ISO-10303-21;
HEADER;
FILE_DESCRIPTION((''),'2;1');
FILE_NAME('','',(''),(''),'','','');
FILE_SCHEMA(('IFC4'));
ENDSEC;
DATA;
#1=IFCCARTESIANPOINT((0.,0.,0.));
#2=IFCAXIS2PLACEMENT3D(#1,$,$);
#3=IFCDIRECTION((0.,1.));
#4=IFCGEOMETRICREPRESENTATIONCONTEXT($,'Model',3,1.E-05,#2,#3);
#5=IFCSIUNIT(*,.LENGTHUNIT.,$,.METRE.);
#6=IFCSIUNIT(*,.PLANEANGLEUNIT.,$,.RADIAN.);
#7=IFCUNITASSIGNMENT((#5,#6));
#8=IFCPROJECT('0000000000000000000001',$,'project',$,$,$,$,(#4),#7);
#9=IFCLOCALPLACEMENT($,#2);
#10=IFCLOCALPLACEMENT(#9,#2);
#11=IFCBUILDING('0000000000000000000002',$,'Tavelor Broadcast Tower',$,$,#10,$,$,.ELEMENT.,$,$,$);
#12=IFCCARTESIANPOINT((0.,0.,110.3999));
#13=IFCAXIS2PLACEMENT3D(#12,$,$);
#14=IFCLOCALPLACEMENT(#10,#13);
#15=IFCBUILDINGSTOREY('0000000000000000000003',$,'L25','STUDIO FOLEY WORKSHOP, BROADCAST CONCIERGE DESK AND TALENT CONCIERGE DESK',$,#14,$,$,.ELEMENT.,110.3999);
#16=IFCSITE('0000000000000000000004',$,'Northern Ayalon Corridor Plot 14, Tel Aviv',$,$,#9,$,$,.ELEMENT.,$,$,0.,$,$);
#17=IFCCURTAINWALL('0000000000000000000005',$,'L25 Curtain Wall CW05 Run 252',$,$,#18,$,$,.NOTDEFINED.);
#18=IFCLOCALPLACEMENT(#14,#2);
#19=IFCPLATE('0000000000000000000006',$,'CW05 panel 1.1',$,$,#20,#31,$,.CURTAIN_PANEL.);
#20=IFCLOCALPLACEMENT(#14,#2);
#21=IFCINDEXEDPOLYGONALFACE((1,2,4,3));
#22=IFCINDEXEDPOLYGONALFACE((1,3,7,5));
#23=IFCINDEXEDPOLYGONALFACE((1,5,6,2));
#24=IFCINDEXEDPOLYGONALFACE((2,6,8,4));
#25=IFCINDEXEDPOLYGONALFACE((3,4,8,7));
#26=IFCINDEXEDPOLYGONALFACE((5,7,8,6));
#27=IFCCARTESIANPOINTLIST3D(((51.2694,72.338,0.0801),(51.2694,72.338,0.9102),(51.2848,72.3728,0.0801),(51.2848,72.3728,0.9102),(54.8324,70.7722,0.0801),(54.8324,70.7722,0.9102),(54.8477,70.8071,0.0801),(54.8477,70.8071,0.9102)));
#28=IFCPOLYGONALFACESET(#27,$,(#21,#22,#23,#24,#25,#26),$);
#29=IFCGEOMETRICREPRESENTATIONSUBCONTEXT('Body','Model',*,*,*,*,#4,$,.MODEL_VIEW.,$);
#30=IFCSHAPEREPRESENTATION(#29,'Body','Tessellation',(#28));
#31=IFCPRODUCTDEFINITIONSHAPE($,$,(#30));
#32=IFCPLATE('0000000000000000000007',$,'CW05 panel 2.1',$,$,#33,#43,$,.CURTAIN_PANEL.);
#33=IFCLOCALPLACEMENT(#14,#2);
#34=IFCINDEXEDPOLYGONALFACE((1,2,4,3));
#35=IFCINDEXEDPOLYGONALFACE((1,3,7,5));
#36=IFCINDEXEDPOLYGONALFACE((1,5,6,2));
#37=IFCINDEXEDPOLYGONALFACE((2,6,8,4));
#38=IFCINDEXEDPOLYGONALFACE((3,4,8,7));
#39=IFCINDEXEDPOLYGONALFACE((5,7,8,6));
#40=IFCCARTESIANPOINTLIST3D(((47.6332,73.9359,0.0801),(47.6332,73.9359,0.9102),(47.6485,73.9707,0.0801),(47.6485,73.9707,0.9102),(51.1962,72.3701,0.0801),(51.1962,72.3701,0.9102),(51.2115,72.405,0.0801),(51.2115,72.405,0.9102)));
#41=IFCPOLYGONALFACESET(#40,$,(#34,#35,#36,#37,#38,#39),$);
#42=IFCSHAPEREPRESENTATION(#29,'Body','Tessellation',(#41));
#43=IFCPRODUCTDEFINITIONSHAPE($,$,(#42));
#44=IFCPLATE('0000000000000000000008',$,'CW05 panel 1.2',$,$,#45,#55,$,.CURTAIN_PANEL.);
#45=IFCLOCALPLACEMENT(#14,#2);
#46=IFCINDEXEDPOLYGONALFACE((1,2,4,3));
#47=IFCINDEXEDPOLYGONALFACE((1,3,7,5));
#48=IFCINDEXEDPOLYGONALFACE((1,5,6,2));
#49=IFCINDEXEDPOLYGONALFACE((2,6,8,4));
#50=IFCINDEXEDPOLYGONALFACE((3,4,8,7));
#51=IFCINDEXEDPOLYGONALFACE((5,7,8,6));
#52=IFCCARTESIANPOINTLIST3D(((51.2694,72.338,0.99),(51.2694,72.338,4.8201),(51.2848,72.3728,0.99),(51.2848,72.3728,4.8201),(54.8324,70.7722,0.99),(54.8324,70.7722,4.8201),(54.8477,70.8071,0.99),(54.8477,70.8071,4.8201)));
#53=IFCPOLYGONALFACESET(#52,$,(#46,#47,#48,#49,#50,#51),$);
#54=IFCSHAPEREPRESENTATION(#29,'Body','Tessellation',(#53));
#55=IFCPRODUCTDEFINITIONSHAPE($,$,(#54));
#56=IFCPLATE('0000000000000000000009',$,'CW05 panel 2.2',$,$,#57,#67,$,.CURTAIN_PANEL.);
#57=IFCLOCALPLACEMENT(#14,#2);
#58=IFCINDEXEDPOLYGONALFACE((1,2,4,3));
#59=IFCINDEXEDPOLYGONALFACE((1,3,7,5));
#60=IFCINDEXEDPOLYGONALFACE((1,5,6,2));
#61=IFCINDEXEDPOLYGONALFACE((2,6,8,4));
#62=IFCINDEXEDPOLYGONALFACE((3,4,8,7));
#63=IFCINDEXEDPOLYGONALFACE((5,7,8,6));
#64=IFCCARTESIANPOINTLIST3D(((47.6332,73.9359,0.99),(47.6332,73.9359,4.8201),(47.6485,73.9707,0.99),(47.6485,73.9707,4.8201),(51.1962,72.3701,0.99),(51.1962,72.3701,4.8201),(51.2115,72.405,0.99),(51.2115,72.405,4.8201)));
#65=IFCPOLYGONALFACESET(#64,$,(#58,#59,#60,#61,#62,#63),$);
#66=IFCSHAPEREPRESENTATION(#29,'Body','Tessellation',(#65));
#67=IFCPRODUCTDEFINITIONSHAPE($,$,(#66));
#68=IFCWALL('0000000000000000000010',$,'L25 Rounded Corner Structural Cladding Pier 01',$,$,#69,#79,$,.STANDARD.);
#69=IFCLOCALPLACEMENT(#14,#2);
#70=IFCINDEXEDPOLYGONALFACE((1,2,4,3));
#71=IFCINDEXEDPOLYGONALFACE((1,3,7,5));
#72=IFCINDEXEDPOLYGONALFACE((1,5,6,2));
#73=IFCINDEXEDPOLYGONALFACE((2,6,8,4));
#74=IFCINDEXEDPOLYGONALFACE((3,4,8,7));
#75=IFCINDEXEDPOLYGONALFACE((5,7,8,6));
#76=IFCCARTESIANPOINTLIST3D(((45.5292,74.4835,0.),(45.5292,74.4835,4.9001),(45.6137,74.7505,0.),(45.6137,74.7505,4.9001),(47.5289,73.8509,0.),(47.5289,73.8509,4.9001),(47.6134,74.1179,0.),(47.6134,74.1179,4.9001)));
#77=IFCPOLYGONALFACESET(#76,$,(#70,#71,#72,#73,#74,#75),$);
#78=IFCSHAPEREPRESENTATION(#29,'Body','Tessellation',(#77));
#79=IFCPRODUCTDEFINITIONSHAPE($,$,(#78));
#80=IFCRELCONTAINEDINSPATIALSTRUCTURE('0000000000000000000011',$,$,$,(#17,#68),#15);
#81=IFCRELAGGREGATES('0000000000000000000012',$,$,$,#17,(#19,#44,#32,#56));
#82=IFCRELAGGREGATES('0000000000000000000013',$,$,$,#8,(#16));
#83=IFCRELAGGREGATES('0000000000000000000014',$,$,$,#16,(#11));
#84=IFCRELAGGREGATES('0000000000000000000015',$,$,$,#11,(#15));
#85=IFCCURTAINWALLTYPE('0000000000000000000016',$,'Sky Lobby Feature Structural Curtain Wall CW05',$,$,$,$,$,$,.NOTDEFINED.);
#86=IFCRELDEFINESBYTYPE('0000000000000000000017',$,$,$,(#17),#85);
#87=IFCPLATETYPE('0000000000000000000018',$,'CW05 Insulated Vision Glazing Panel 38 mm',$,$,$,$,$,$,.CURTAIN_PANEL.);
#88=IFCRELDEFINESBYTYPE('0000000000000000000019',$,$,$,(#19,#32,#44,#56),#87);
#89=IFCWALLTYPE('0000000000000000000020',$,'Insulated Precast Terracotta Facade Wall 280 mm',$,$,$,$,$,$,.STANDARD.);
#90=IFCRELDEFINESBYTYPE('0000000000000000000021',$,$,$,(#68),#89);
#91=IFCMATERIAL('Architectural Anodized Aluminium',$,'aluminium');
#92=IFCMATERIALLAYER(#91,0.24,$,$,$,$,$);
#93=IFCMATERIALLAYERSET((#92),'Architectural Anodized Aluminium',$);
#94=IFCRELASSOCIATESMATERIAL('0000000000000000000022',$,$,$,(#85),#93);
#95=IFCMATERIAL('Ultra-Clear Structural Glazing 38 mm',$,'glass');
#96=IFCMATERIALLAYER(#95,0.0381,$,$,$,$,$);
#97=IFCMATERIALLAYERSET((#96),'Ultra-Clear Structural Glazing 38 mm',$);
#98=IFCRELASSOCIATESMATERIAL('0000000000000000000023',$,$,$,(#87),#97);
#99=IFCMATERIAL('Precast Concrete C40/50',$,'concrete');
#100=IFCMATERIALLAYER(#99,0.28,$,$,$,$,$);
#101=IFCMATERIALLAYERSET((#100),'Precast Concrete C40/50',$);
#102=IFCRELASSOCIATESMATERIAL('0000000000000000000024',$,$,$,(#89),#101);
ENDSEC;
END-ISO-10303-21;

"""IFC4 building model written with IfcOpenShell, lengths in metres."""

from ifc_helpers import new_model, si_unit, direction, frame, frame_2d, origin, origin_2d, place, context, subcontext, project, spatial, rectangle, extrude, source, transform, mapped, material, layer, layer_set, type_object, element, aggregate, save


model = new_model("IFC4")

# Units and contexts
model_context = context("Model", 3, precision=1e-05, world=origin(), true_north=direction((0.0, 1.0)))
body_context = subcontext(model_context, "Body", "Model", "MODEL_VIEW")
ifc_project = project(units=[si_unit("LENGTHUNIT", "METRE"), si_unit("PLANEANGLEUNIT", "RADIAN")], contexts=[model_context])

# Site, building, storey
site_placement = place(None, origin())
site = spatial("IfcSite", under=ifc_project, at=site_placement, Name="Northern Ayalon Corridor Plot 14, Tel Aviv", CompositionType="ELEMENT", RefElevation=0.0)
building_placement = place(site_placement, origin())
building = spatial("IfcBuilding", under=site, at=building_placement, Name="Tavelor Broadcast Tower", CompositionType="ELEMENT")
storey_placement = place(building_placement, frame((0.0, 0.0, 110.3999)))
storey = spatial("IfcBuildingStorey", under=building, at=storey_placement, Name="L25", Description="STUDIO FOLEY WORKSHOP, BROADCAST CONCIERGE DESK AND TALENT CONCIERGE DESK", CompositionType="ELEMENT", Elevation=110.3999)

# Curtain wall
ifc_material_1 = material(Name="Architectural Anodized Aluminium", Category="aluminium")
ifc_layer_1 = layer(ifc_material_1, 0.24)
ifc_layer_set_1 = layer_set([ifc_layer_1], Name="Architectural Anodized Aluminium")
curtain_wall_type = type_object("IfcCurtainWallType", Name="Sky Lobby Feature Structural Curtain Wall CW05", PredefinedType="NOTDEFINED", material=ifc_layer_set_1)
curtain_wall_1_placement = place(storey_placement, origin())
curtain_wall_1 = element("IfcCurtainWall", 1, at=curtain_wall_1_placement, inside=storey, type_object=curtain_wall_type, Name="L25 Curtain Wall CW05 Run 252", PredefinedType="NOTDEFINED")

# Plates
ifc_material_2 = material(Name="Ultra-Clear Structural Glazing 38 mm", Category="glass")
ifc_layer_2 = layer(ifc_material_2, 0.0381)
ifc_layer_set_2 = layer_set([ifc_layer_2], Name="Ultra-Clear Structural Glazing 38 mm")
plate_type_1 = type_object("IfcPlateType", Name="CW05 Insulated Vision Glazing Panel 38 mm", PredefinedType="CURTAIN_PANEL", material=ifc_layer_set_2)
shared_shape_1 = source(origin(), body_context, "Body", "SweptSolid", [
    extrude(rectangle(XDim=3.8918, YDim=0.0381, at=origin_2d()), origin(), (0.0, 0.0, 1.0), 0.8301),
])
plate_1_placement = place(storey_placement, frame((53.0586, 71.5725, 0.0801), z_axis=(0.0, 0.0, 1.0), x_axis=(-0.915501, 0.402315, 0.0)))
plate_1 = element("IfcPlate", 2, at=plate_1_placement, type_object=plate_type_1, Name="CW05 panel 1.1", PredefinedType="CURTAIN_PANEL", context=body_context, shape_type="MappedRepresentation", body=[
    mapped(shared_shape_1, transform((0.0, 0.0, 0.0), scale=1.0)),
])
plate_2_placement = place(storey_placement, frame((49.4224, 73.1704, 0.0801), z_axis=(0.0, 0.0, 1.0), x_axis=(-0.915501, 0.402315, 0.0)))
plate_2 = element("IfcPlate", 3, at=plate_2_placement, type_object=plate_type_1, Name="CW05 panel 2.1", PredefinedType="CURTAIN_PANEL", context=body_context, shape_type="MappedRepresentation", body=[
    mapped(shared_shape_1, transform((0.0, 0.0, 0.0), scale=1.0)),
])
shared_shape_2 = source(origin(), body_context, "Body", "SweptSolid", [
    extrude(rectangle(XDim=3.8918, YDim=0.0381, at=origin_2d()), origin(), (0.0, 0.0, 1.0), 3.8301),
])
plate_3_placement = place(storey_placement, frame((53.0586, 71.5725, 0.99), z_axis=(0.0, 0.0, 1.0), x_axis=(-0.915501, 0.402315, 0.0)))
plate_3 = element("IfcPlate", 4, at=plate_3_placement, type_object=plate_type_1, Name="CW05 panel 1.2", PredefinedType="CURTAIN_PANEL", context=body_context, shape_type="MappedRepresentation", body=[
    mapped(shared_shape_2, transform((0.0, 0.0, 0.0), scale=1.0)),
])
plate_4_placement = place(storey_placement, frame((49.4224, 73.1704, 0.99), z_axis=(0.0, 0.0, 1.0), x_axis=(-0.915501, 0.402315, 0.0)))
plate_4 = element("IfcPlate", 5, at=plate_4_placement, type_object=plate_type_1, Name="CW05 panel 2.2", PredefinedType="CURTAIN_PANEL", context=body_context, shape_type="MappedRepresentation", body=[
    mapped(shared_shape_2, transform((0.0, 0.0, 0.0), scale=1.0)),
])
aggregate(curtain_wall_1, [plate_1, plate_3, plate_2, plate_4])

# Wall
ifc_material_3 = material(Name="Precast Concrete C40/50", Category="concrete")
ifc_layer_3 = layer(ifc_material_3, 0.28)
ifc_layer_set_3 = layer_set([ifc_layer_3], Name="Precast Concrete C40/50")
wall_type = type_object("IfcWallType", Name="Insulated Precast Terracotta Facade Wall 280 mm", PredefinedType="STANDARD", material=ifc_layer_set_3)
wall_placement = place(storey_placement, frame((47.5713, 73.9844, 0.0), z_axis=(0.0, 0.0, 1.0), x_axis=(-0.953437, 0.301594, 0.0)))
element("IfcWall", 6, at=wall_placement, inside=storey, type_object=wall_type, Name="L25 Rounded Corner Structural Cladding Pier 01", PredefinedType="STANDARD", context=body_context, shape_type="SweptSolid", body=[
    extrude(rectangle(XDim=2.0974, YDim=0.28, at=frame_2d((1.0488, 0.0))), origin(), (0.0, 0.0, 1.0), 4.9001),
])

save(model, "model.ifc")
